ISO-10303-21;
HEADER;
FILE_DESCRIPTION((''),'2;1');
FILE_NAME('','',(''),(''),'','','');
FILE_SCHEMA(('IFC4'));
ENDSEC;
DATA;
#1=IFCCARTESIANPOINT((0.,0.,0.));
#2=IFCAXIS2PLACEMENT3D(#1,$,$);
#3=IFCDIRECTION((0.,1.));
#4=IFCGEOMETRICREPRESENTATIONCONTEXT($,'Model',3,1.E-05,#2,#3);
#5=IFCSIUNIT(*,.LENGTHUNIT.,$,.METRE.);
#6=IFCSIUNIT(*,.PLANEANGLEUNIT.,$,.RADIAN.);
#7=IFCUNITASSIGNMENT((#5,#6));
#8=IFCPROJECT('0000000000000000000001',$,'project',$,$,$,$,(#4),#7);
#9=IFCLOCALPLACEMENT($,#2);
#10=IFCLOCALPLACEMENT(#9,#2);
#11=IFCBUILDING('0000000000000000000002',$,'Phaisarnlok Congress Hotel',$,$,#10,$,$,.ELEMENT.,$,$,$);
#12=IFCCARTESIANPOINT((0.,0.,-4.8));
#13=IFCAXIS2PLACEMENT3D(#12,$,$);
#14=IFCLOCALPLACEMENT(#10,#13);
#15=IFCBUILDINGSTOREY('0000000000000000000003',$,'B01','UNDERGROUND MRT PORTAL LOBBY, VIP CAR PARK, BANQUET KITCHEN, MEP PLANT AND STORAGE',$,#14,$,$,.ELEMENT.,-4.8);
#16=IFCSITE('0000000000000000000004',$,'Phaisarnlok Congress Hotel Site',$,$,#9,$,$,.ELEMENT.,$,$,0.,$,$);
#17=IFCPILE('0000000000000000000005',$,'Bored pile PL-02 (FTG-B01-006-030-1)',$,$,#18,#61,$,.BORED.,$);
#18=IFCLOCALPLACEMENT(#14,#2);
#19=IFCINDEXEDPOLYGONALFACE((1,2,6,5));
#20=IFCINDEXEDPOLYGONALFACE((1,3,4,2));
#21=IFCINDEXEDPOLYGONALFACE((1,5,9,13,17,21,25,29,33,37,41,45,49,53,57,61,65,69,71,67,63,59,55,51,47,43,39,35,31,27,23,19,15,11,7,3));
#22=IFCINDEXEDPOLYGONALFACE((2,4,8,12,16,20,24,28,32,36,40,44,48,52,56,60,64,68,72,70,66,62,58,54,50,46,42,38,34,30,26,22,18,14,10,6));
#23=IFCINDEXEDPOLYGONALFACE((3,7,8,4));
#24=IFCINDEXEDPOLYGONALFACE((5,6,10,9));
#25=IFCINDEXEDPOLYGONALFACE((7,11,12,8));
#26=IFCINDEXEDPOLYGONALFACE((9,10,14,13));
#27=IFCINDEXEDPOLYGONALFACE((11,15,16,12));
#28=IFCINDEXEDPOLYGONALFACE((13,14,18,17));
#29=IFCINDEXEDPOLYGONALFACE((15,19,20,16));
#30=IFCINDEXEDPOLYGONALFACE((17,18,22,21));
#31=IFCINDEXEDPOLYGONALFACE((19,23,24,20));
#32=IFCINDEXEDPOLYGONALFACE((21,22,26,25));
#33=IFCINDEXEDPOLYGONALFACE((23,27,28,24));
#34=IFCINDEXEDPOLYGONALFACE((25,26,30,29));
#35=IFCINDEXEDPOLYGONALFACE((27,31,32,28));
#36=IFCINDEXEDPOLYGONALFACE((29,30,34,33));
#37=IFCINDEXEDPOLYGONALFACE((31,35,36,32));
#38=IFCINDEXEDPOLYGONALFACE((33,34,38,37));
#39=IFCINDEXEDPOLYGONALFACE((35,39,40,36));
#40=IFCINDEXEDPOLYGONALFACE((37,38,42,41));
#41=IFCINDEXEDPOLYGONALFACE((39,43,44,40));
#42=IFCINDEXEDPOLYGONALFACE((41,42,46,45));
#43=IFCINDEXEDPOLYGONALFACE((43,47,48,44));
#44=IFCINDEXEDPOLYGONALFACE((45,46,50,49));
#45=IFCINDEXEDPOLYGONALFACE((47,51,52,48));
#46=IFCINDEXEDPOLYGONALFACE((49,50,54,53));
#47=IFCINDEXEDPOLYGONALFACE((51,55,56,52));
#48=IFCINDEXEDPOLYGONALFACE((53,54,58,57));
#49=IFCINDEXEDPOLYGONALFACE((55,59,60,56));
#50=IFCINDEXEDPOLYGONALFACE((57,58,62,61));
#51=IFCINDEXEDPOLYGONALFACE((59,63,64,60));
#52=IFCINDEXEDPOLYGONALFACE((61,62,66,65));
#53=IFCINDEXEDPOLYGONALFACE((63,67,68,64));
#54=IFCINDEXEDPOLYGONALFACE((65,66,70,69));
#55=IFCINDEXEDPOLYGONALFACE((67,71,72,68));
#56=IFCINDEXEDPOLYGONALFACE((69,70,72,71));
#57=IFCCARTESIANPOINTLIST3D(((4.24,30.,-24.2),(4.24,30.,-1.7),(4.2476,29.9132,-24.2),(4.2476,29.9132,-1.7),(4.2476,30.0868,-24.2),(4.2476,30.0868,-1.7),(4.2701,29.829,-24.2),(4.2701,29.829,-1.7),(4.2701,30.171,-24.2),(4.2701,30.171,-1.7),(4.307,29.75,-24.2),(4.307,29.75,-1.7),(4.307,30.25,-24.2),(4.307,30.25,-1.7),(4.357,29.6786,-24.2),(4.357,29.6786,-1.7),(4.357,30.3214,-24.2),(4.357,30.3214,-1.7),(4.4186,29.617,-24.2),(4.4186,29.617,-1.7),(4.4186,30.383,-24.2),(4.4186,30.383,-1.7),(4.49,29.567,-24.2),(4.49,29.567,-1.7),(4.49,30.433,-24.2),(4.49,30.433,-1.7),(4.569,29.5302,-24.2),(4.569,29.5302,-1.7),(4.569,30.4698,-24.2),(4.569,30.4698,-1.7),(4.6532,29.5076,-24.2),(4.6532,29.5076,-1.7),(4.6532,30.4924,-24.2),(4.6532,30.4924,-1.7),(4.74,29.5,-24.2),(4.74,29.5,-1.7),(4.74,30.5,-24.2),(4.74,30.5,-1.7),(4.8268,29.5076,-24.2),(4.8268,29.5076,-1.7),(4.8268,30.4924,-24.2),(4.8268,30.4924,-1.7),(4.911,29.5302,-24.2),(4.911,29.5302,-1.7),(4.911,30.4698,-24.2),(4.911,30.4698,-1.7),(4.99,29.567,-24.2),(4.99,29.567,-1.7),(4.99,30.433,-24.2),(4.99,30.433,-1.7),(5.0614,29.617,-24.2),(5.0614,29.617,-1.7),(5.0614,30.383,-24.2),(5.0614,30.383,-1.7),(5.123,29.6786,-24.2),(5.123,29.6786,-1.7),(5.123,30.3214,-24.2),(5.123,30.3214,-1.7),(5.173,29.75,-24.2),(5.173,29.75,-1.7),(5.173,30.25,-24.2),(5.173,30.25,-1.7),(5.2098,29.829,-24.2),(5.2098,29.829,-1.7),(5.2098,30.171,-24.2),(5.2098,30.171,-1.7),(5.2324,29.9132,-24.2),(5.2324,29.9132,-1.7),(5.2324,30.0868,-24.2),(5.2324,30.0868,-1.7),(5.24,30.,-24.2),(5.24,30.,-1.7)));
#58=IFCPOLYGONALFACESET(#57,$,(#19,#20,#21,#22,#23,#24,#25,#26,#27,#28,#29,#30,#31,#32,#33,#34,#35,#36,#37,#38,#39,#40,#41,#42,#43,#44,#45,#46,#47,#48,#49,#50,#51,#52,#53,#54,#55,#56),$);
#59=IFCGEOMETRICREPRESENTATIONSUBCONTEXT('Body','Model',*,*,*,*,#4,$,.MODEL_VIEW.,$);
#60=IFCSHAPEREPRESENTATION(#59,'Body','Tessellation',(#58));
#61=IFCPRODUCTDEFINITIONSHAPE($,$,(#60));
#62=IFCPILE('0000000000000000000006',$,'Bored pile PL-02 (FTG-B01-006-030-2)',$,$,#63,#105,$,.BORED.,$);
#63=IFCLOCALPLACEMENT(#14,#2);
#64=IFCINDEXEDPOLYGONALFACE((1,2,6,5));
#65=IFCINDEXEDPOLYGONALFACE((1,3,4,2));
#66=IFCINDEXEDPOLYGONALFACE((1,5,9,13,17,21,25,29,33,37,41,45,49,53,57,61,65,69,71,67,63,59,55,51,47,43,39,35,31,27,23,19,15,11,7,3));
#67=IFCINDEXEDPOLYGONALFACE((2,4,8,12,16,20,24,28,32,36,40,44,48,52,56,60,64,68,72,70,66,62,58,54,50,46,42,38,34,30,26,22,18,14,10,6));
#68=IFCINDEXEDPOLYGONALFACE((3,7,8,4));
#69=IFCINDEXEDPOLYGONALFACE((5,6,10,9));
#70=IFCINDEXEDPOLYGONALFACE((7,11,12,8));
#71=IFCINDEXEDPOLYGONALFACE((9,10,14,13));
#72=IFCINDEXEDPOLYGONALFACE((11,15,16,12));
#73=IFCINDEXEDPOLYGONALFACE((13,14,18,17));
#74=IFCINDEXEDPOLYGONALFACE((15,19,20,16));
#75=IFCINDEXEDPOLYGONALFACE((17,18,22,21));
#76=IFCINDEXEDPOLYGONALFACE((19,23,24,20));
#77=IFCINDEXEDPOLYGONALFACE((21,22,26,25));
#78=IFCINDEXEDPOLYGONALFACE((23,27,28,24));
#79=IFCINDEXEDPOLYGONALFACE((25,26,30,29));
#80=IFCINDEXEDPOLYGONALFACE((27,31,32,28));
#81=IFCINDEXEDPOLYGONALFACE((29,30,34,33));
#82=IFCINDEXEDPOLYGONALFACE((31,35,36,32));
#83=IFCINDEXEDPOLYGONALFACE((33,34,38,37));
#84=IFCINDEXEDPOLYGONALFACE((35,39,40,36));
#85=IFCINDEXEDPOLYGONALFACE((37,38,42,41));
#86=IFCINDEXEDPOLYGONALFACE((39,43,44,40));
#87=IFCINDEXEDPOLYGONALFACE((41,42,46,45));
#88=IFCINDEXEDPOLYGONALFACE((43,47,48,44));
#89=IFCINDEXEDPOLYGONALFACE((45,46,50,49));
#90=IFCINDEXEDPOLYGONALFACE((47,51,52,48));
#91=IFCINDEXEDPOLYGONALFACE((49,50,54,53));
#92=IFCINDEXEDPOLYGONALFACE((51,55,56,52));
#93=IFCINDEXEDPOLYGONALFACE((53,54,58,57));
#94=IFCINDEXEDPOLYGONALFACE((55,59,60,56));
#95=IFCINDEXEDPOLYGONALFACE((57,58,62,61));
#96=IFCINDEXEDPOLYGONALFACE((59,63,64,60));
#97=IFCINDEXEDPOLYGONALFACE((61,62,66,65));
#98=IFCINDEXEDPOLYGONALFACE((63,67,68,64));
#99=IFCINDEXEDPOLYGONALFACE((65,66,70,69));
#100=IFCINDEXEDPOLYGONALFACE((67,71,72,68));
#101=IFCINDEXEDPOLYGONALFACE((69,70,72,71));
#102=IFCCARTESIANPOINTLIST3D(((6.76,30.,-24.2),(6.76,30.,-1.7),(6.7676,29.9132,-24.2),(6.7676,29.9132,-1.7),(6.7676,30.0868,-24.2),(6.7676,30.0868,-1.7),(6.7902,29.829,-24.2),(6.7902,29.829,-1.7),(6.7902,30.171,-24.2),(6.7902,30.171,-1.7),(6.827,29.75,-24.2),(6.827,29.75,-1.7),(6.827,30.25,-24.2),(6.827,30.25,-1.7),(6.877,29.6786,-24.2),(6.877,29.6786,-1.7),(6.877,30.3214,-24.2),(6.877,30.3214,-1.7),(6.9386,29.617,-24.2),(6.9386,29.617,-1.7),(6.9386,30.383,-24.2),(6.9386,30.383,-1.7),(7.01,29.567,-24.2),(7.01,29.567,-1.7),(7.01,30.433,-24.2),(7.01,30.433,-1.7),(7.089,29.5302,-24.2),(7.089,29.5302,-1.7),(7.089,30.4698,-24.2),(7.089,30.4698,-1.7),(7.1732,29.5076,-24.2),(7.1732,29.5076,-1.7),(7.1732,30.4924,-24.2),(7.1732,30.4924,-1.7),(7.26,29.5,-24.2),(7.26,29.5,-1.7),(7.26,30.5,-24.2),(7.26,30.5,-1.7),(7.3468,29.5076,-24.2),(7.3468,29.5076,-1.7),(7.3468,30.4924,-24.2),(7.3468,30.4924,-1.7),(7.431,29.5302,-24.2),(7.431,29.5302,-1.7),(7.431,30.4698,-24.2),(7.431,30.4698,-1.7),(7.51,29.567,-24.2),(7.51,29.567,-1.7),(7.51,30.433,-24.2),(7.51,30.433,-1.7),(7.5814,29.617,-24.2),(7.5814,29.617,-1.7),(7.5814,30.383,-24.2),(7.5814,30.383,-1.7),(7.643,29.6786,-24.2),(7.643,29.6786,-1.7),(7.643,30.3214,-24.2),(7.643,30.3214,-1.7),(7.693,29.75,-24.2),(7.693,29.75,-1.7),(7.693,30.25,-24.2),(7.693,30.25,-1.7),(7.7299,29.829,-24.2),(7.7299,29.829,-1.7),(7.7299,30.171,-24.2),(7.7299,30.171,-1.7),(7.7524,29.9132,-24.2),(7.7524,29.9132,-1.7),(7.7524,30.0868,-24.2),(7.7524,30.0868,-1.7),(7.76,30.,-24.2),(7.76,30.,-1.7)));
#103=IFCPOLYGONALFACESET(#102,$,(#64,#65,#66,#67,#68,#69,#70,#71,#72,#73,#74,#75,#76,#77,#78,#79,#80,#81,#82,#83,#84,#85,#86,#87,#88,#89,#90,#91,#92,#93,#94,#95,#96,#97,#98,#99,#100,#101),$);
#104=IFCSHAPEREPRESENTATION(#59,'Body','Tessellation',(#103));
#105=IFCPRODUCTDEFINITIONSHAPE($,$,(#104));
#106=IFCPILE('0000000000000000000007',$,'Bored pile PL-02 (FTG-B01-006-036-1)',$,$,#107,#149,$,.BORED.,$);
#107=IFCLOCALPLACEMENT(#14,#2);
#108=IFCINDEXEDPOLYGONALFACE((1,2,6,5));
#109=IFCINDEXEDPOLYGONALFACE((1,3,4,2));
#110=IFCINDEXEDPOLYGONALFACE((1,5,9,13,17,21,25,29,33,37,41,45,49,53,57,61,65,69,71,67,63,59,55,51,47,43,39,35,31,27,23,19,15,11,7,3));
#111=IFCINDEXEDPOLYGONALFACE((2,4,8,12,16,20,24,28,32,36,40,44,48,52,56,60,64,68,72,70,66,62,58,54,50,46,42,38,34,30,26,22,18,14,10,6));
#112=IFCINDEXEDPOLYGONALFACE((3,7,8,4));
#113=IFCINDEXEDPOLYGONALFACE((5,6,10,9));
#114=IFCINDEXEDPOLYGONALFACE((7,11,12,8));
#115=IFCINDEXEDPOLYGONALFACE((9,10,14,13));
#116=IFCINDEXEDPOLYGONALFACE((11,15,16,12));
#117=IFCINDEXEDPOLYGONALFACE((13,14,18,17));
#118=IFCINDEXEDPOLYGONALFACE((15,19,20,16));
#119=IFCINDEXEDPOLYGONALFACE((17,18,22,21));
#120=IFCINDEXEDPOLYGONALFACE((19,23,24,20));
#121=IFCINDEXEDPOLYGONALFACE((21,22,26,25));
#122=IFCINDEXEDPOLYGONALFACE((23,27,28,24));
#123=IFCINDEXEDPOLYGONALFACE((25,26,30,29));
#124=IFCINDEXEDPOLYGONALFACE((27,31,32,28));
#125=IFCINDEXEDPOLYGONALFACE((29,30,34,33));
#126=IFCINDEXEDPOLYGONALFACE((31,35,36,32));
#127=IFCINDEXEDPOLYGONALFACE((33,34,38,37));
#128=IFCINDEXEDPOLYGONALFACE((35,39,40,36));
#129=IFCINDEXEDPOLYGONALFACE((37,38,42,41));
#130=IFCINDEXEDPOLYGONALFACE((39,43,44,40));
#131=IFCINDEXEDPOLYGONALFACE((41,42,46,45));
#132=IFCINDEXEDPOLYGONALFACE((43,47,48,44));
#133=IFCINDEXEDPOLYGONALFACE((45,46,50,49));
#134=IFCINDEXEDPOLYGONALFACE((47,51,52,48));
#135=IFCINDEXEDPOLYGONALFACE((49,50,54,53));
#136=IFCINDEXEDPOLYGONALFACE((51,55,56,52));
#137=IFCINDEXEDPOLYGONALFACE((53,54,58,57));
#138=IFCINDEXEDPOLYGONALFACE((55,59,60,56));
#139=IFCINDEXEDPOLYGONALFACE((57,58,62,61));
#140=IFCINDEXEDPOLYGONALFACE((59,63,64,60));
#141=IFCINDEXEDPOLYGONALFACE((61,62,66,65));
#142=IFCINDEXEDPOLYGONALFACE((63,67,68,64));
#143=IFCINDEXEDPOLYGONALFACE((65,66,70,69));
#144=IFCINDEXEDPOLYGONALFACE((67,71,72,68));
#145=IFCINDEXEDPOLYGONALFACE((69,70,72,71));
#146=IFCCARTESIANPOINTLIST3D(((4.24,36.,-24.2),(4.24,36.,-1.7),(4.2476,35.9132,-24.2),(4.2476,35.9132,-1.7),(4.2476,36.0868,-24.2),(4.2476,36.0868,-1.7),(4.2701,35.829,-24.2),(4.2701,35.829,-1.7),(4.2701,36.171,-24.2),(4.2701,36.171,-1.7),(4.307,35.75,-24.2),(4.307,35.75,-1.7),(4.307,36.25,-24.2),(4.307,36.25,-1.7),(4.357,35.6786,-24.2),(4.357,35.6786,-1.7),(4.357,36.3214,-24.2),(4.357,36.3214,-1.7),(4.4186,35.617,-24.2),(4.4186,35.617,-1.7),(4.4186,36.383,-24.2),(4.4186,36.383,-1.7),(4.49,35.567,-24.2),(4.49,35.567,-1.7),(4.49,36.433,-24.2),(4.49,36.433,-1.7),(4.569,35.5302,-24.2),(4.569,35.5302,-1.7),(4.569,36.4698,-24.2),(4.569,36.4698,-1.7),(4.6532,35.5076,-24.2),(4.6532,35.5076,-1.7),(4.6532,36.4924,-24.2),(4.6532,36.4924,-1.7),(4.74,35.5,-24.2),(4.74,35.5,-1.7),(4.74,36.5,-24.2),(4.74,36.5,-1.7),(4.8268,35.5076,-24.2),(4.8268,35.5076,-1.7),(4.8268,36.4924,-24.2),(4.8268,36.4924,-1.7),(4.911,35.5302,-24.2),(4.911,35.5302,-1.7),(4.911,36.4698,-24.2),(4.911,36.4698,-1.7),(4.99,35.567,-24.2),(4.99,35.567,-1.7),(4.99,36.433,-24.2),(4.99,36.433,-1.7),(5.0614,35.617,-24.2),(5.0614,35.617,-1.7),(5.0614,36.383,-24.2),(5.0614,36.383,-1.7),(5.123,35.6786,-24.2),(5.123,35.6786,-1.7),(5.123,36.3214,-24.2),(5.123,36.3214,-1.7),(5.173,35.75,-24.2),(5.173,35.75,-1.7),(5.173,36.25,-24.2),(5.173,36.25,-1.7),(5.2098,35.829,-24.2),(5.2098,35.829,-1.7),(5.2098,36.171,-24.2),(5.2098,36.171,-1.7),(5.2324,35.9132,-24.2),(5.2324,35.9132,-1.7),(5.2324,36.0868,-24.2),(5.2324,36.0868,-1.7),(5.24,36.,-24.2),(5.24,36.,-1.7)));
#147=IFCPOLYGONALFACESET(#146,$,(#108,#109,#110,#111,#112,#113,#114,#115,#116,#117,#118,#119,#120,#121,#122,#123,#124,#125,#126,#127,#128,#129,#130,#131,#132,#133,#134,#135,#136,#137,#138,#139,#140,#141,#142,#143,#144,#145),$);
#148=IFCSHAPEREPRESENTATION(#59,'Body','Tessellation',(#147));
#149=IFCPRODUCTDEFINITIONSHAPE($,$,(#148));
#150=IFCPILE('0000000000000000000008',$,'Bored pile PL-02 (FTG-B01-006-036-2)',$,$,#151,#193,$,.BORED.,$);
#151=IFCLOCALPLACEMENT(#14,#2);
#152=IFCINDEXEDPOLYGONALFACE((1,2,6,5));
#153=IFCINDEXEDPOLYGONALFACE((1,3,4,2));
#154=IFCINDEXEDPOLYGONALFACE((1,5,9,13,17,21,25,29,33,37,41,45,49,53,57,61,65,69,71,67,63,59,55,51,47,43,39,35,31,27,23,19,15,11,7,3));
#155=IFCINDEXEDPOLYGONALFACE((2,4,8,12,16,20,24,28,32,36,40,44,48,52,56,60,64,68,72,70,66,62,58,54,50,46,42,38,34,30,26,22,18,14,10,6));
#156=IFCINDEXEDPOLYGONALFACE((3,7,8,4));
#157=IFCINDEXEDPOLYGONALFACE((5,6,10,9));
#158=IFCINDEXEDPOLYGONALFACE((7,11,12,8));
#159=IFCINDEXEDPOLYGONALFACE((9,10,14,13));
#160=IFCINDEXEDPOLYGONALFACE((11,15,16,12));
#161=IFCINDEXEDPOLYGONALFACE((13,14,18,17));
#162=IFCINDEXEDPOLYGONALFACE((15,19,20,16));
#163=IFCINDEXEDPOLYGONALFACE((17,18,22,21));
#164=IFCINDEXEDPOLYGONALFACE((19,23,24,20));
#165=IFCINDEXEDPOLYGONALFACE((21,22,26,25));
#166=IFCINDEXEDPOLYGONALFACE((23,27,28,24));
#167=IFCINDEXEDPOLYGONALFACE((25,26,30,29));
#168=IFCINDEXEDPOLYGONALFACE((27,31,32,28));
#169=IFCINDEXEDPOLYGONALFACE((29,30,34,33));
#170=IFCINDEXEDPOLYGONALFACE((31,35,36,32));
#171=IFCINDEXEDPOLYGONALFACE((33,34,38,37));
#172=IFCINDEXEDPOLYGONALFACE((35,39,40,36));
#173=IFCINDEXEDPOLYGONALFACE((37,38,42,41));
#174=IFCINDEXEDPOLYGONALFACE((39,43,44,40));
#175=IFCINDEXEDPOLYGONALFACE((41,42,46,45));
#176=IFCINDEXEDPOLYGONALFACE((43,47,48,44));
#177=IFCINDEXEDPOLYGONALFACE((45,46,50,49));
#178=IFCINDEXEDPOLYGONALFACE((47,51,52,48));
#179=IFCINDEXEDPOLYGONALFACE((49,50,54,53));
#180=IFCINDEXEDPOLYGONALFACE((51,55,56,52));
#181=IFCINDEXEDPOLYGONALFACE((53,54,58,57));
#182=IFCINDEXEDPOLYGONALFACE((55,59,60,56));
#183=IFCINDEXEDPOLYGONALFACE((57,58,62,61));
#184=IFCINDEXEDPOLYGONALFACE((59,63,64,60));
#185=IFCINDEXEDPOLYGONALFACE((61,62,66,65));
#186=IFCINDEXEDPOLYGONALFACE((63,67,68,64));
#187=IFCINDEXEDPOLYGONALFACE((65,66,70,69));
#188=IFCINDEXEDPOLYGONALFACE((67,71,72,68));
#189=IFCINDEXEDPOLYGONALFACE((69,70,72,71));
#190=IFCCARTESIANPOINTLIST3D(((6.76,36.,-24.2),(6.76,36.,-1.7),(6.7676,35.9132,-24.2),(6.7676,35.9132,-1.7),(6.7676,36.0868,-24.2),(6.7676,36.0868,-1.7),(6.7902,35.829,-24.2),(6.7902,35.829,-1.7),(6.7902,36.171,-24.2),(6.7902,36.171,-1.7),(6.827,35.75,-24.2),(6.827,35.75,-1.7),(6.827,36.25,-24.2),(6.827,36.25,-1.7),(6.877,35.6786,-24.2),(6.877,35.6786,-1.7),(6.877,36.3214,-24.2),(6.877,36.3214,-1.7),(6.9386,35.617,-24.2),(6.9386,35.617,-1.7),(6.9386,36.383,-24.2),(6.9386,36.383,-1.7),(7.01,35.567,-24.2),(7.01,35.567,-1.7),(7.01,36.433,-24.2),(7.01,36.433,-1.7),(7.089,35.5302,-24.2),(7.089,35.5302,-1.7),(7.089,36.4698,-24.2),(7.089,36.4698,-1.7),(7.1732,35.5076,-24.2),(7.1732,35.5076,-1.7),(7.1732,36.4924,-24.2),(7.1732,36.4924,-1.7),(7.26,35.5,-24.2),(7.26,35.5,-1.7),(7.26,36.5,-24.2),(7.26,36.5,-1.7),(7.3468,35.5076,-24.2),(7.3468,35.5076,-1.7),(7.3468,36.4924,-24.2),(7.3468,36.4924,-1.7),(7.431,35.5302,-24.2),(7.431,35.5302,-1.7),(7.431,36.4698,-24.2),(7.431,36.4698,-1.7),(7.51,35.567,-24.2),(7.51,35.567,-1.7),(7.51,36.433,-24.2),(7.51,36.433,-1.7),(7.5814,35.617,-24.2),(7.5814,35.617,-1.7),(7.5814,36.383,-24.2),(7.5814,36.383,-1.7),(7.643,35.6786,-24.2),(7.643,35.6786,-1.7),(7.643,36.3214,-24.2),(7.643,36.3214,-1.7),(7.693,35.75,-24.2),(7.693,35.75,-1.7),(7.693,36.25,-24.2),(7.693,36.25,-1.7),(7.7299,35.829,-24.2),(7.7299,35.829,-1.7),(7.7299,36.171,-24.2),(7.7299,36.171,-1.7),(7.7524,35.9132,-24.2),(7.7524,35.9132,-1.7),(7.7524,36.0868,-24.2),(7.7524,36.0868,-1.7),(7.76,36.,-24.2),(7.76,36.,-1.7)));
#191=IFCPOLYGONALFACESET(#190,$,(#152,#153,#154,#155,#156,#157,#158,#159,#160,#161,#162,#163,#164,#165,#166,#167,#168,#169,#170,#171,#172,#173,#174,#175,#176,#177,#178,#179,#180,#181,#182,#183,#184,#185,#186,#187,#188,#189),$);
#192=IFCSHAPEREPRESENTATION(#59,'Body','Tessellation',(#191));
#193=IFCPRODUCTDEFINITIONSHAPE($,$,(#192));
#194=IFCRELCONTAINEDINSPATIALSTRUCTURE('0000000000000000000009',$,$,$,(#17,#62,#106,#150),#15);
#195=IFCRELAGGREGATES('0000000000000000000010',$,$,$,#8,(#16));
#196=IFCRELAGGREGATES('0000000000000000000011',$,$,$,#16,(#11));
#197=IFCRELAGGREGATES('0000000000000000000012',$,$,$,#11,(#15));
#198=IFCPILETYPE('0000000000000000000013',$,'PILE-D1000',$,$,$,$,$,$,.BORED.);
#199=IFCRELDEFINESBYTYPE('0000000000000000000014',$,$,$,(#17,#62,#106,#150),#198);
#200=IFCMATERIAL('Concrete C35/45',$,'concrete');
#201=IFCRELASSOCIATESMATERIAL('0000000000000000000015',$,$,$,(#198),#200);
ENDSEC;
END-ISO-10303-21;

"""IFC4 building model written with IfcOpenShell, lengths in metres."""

from ifc_helpers import new_model, si_unit, direction, frame, origin, origin_2d, place, context, subcontext, project, spatial, circle, extrude, material, material_profile, profile_set, type_object, element, save


model = new_model("IFC4")

# Units and contexts
model_context = context("Model", 3, precision=1e-05, world=origin(), true_north=direction((0.0, 1.0)))
body_context = subcontext(model_context, "Body", "Model", "MODEL_VIEW")
ifc_project = project(units=[si_unit("LENGTHUNIT", "METRE"), si_unit("PLANEANGLEUNIT", "RADIAN")], contexts=[model_context])

# Site, building, storey
site_placement = place(None, origin())
site = spatial("IfcSite", under=ifc_project, at=site_placement, Name="Phaisarnlok Congress Hotel Site", CompositionType="ELEMENT", RefElevation=0.0)
building_placement = place(site_placement, origin())
building = spatial("IfcBuilding", under=site, at=building_placement, Name="Phaisarnlok Congress Hotel", CompositionType="ELEMENT")
storey_placement = place(building_placement, frame((0.0, 0.0, -4.8)))
storey = spatial("IfcBuildingStorey", under=building, at=storey_placement, Name="B01", Description="UNDERGROUND MRT PORTAL LOBBY, VIP CAR PARK, BANQUET KITCHEN, MEP PLANT AND STORAGE", CompositionType="ELEMENT", Elevation=-4.8)

# Piles
ifc_material_1 = material(Name="Concrete C35/45", Category="concrete")
ifc_material_profile_1 = material_profile(ifc_material_1, circle(Radius=0.5, at=origin_2d()), Name="BORED PILE D1000")
ifc_profile_set_1 = profile_set([ifc_material_profile_1], Name="Concrete C35/45")
pile_type = type_object("IfcPileType", Name="PILE-D1000", PredefinedType="BORED", material=ifc_profile_set_1)
for number, where, z_axis, x_axis, name in (
    (1, (4.74, 30.0, -1.7), (0.0, 0.0, -1.0), (1.0, 0.0, 0.0), "Bored pile PL-02 (FTG-B01-006-030-1)"),
    (2, (7.26, 30.0, -1.7), (0.0, 0.0, -1.0), (1.0, 0.0, 0.0), "Bored pile PL-02 (FTG-B01-006-030-2)"),
    (3, (4.74, 36.0, -1.7), (0.0, 0.0, -1.0), (1.0, 0.0, 0.0), "Bored pile PL-02 (FTG-B01-006-036-1)"),
    (4, (7.26, 36.0, -1.7), (0.0, 0.0, -1.0), (1.0, 0.0, 0.0), "Bored pile PL-02 (FTG-B01-006-036-2)"),
):
    element("IfcPile", number, at=place(storey_placement, frame(where, z_axis=z_axis, x_axis=x_axis)), inside=storey, type_object=pile_type, Name=name, PredefinedType="BORED", context=body_context, shape_type="SweptSolid", body=[
        extrude(circle(Radius=0.5, at=origin_2d()), origin(), (0.0, 0.0, 1.0), 22.5),
    ])

save(model, "model.ifc")
